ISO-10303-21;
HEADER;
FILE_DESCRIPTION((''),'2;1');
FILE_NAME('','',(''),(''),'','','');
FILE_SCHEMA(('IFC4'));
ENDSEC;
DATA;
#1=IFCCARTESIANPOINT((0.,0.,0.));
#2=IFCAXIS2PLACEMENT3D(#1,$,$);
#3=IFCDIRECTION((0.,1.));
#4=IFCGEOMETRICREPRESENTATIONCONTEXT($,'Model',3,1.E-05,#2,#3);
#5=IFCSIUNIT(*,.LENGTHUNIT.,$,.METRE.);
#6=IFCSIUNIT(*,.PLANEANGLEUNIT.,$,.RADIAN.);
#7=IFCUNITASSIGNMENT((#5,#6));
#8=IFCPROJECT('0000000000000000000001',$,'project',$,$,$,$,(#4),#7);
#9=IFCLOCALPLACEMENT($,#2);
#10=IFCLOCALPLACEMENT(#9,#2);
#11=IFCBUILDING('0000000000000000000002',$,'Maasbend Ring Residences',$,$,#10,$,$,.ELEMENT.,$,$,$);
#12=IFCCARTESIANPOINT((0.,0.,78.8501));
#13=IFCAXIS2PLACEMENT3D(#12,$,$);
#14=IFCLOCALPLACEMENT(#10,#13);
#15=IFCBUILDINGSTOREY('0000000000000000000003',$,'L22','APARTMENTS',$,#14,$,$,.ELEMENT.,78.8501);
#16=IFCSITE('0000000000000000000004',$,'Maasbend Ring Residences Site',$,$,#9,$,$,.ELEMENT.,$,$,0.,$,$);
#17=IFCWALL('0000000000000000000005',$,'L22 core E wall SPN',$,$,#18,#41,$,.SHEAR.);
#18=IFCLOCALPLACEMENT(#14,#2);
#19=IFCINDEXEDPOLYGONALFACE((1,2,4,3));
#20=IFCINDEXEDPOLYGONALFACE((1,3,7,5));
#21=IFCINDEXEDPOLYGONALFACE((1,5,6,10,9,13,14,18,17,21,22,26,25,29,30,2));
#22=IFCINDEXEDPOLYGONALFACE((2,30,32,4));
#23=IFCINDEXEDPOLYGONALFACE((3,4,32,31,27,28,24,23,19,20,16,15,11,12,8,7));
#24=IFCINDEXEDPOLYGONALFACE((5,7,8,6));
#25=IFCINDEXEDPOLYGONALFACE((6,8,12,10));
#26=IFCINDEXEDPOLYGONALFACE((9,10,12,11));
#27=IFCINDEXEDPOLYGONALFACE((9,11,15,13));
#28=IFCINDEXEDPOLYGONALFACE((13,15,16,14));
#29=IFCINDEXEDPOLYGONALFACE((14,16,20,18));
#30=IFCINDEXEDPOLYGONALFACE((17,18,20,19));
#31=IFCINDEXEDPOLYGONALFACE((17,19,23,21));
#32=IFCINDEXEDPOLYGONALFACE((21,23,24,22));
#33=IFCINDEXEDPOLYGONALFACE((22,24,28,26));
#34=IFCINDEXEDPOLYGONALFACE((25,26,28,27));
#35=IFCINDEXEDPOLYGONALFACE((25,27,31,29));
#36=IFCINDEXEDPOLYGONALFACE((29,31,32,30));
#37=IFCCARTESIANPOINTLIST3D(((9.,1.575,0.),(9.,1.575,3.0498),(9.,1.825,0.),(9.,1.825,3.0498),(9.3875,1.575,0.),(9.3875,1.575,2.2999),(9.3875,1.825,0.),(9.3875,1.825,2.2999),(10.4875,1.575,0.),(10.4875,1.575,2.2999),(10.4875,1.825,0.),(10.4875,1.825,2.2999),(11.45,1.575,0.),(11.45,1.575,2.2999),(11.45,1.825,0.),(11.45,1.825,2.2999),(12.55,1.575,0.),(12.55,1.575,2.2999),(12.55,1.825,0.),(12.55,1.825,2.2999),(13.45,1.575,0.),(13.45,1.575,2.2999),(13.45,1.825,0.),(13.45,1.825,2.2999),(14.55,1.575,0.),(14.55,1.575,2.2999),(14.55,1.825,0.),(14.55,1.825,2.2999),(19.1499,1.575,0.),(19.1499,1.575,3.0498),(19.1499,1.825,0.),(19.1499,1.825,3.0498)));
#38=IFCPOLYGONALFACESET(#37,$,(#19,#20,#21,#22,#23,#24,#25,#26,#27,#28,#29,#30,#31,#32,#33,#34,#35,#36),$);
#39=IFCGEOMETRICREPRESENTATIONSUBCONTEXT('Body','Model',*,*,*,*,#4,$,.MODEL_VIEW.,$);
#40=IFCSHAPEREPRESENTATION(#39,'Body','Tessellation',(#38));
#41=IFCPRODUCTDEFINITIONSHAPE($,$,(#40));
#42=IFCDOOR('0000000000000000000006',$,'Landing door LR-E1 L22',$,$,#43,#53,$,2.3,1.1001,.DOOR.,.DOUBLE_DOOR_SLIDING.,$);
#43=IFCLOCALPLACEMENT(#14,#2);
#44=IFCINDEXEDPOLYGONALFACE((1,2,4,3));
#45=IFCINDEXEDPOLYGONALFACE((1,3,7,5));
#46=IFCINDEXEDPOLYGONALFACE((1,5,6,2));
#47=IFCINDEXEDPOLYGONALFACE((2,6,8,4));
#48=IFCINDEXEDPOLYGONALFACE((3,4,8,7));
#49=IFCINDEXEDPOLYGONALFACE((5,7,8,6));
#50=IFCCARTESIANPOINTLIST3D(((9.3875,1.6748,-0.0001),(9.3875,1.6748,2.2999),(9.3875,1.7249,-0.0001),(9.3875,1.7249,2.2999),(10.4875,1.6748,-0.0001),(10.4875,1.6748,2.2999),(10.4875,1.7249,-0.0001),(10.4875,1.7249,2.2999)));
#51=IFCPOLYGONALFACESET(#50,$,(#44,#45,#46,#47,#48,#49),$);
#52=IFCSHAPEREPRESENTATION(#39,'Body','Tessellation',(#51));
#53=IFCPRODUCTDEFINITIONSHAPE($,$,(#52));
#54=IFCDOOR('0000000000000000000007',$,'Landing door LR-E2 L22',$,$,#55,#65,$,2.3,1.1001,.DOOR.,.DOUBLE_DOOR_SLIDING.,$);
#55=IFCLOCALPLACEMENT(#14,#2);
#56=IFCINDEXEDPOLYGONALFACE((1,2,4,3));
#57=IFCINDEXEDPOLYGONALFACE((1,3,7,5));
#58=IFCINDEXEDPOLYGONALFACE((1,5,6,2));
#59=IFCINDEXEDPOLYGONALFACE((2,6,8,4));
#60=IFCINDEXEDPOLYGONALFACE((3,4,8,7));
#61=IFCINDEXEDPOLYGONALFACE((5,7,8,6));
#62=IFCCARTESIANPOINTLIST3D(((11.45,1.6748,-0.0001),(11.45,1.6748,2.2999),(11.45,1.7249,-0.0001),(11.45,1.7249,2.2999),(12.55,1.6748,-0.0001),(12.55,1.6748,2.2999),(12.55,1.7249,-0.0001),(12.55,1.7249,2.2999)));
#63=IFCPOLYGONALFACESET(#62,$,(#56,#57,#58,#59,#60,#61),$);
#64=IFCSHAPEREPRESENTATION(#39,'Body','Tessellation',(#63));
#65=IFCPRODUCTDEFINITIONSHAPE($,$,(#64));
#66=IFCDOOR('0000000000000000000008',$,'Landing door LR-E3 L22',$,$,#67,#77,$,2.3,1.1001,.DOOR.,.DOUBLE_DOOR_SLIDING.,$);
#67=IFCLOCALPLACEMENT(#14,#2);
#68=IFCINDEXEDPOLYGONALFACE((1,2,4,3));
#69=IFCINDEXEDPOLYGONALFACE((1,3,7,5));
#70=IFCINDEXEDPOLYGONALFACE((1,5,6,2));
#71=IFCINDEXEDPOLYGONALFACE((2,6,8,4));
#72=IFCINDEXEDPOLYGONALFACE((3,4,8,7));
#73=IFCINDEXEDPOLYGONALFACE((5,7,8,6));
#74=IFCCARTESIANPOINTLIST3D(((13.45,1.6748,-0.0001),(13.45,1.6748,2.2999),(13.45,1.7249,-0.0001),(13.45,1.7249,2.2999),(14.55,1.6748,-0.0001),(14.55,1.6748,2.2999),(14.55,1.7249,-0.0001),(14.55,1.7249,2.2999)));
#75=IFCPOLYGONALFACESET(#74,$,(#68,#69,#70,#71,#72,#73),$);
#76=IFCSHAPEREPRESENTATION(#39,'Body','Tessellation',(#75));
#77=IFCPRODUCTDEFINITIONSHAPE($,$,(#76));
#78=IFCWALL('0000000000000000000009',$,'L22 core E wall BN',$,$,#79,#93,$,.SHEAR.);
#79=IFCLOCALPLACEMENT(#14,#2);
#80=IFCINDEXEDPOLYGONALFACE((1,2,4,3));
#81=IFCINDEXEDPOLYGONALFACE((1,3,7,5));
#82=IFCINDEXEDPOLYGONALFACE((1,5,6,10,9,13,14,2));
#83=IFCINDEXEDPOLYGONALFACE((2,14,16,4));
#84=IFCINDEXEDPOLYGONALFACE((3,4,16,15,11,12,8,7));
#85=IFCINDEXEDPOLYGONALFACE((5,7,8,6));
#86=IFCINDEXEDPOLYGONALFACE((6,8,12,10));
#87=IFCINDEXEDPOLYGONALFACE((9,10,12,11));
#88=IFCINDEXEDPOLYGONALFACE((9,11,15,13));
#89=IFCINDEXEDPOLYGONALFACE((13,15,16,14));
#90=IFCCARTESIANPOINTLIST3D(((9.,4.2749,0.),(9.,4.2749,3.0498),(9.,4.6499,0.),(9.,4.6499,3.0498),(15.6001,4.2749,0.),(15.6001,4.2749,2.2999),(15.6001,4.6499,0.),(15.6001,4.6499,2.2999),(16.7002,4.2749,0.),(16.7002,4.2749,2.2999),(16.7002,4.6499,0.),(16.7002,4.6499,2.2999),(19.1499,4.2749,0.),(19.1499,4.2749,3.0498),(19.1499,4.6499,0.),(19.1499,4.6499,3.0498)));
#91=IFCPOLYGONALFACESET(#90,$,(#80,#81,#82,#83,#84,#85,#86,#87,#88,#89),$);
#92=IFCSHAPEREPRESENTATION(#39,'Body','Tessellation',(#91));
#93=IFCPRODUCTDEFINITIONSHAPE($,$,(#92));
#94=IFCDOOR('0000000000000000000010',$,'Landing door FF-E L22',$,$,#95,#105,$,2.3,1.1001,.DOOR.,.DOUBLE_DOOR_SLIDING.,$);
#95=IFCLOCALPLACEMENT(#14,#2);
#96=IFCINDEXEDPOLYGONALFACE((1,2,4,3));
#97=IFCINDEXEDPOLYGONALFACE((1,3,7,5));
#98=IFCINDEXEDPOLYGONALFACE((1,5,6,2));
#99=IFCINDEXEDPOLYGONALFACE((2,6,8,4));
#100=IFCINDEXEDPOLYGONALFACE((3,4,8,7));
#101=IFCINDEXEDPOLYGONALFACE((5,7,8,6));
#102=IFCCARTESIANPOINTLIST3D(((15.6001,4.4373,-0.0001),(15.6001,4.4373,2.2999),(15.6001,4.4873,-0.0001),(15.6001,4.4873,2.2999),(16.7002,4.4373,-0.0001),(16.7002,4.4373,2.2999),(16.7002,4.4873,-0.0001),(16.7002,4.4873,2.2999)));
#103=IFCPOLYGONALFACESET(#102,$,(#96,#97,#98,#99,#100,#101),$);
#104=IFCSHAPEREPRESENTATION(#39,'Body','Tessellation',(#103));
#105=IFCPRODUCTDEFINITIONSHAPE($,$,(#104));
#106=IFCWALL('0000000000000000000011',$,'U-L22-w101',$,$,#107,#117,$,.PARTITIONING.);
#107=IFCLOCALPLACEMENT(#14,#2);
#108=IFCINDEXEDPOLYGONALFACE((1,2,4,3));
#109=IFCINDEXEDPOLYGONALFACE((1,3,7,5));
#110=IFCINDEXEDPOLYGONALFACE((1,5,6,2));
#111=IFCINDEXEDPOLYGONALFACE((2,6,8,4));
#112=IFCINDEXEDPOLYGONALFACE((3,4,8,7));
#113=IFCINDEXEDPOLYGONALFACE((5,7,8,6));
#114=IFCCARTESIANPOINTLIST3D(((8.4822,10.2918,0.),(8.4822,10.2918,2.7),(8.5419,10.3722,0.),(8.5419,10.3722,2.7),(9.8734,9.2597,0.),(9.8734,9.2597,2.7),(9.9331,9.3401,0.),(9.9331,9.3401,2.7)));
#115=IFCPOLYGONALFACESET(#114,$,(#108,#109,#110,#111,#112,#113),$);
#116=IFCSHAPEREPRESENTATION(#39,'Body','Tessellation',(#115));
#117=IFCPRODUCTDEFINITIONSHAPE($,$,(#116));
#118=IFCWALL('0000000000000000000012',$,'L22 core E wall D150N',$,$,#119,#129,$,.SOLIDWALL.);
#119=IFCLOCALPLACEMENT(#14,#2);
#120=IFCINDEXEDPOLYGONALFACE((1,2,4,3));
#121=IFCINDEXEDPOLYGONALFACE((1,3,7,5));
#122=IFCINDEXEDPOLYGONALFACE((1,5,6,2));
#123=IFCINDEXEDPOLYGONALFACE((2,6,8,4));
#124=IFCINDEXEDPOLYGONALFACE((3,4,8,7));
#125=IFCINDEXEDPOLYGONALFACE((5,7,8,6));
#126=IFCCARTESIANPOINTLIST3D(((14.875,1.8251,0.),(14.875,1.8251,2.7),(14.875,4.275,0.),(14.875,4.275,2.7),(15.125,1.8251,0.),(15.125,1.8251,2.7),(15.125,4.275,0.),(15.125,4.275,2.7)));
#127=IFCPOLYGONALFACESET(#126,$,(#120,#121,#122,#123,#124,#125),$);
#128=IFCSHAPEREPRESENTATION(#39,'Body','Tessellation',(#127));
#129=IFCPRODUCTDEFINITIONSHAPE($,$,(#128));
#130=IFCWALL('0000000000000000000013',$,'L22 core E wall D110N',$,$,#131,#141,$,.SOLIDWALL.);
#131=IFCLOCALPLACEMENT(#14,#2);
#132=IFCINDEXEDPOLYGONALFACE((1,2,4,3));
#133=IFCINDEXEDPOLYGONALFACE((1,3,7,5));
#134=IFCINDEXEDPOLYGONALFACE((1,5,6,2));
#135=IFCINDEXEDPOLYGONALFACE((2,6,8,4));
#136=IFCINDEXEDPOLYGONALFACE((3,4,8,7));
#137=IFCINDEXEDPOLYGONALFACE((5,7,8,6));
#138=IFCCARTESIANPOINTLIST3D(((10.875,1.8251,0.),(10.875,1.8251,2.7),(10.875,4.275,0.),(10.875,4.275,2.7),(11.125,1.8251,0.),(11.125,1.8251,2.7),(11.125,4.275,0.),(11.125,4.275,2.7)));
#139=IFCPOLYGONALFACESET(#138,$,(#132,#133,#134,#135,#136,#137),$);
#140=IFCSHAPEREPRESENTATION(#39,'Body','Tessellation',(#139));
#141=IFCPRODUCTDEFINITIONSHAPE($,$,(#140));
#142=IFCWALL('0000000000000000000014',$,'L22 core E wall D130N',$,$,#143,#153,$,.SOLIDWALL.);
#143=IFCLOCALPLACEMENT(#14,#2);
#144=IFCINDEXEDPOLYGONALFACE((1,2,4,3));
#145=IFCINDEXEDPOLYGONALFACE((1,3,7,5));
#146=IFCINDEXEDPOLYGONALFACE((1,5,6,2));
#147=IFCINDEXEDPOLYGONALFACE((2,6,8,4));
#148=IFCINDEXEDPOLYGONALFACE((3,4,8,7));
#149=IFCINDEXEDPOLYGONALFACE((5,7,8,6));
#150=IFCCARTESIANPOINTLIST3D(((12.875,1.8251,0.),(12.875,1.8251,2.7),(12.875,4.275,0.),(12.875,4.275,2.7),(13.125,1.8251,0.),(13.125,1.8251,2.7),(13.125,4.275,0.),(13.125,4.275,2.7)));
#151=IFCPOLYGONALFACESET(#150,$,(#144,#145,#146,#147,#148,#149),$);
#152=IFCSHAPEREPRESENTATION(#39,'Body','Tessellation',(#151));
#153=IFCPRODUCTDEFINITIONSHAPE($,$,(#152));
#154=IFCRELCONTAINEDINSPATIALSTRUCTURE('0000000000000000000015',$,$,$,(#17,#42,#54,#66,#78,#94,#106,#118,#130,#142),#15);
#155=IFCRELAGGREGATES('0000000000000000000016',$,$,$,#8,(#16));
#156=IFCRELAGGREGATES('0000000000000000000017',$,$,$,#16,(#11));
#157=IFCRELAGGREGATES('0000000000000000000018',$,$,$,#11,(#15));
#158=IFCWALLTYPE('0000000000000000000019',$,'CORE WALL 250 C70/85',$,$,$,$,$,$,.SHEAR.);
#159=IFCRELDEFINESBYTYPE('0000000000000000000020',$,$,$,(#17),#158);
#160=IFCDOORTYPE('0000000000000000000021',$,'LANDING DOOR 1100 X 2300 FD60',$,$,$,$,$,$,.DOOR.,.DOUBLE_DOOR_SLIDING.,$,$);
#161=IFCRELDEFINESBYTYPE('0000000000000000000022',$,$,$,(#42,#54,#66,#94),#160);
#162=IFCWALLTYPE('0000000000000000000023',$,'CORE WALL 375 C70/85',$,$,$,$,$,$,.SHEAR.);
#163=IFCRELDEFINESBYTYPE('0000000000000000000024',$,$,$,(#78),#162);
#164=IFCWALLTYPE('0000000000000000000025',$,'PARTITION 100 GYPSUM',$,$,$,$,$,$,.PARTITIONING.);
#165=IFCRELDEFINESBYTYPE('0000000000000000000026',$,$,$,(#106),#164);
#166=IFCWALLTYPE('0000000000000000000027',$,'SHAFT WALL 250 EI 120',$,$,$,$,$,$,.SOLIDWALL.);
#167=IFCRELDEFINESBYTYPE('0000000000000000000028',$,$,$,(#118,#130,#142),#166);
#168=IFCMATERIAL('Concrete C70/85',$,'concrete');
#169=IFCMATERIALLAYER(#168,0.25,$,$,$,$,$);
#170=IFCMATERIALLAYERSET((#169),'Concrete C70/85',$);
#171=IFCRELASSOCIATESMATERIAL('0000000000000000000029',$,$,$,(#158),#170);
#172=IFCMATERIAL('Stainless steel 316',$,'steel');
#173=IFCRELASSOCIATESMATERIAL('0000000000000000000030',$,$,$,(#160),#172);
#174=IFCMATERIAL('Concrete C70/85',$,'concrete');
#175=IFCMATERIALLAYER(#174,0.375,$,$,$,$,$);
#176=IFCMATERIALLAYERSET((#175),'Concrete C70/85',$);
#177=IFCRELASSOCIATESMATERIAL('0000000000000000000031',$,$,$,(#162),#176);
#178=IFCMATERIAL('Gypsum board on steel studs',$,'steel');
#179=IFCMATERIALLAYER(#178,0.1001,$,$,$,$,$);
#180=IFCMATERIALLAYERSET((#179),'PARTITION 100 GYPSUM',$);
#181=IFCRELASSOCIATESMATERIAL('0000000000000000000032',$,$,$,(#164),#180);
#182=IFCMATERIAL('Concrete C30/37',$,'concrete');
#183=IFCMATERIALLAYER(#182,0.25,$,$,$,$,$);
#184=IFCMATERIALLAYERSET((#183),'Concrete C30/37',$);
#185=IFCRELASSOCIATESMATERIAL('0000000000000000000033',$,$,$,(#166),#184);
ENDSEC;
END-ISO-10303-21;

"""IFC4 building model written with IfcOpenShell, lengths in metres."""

from ifc_helpers import new_model, si_unit, direction, frame, frame_2d, origin, place, context, subcontext, project, spatial, rectangle, extrude, material, layer, layer_set, type_object, element, fill, save


model = new_model("IFC4")

# Units and contexts
model_context = context("Model", 3, precision=1e-05, world=origin(), true_north=direction((0.0, 1.0)))
body_context = subcontext(model_context, "Body", "Model", "MODEL_VIEW")
ifc_project = project(units=[si_unit("LENGTHUNIT", "METRE"), si_unit("PLANEANGLEUNIT", "RADIAN")], contexts=[model_context])

# Site, building, storey
site_placement = place(None, origin())
site = spatial("IfcSite", under=ifc_project, at=site_placement, Name="Maasbend Ring Residences Site", CompositionType="ELEMENT", RefElevation=0.0)
building_placement = place(site_placement, origin())
building = spatial("IfcBuilding", under=site, at=building_placement, Name="Maasbend Ring Residences", CompositionType="ELEMENT")
storey_placement = place(building_placement, frame((0.0, 0.0, 78.8501)))
storey = spatial("IfcBuildingStorey", under=building, at=storey_placement, Name="L22", Description="APARTMENTS", CompositionType="ELEMENT", Elevation=78.8501)

# Wall, openings, doors
ifc_material_1 = material(Name="Concrete C70/85", Category="concrete")
ifc_layer_1 = layer(ifc_material_1, 0.25)
ifc_layer_set_1 = layer_set([ifc_layer_1], Name="Concrete C70/85")
wall_type_1 = type_object("IfcWallType", Name="CORE WALL 250 C70/85", PredefinedType="SHEAR", material=ifc_layer_set_1)
wall_1_placement = place(storey_placement, frame((9.0, 1.7, 0.0), z_axis=(0.0, 0.0, 1.0), x_axis=(1.0, 0.0, 0.0)))
wall_1 = element("IfcWall", 1, at=wall_1_placement, inside=storey, type_object=wall_type_1, Name="L22 core E wall SPN", PredefinedType="SHEAR", context=body_context, shape_type="SweptSolid", body=[
    extrude(rectangle(XDim=10.1499, YDim=0.25, at=frame_2d((5.075, 0.0))), origin(), (0.0, 0.0, 1.0), 3.0498),
])
opening_1_placement = place(wall_1_placement, frame((0.3875, 0.0, 0.0)))
opening_1 = element("IfcOpeningElement", 2, at=opening_1_placement, cuts=wall_1, PredefinedType="OPENING", context=body_context, shape_type="SweptSolid", body=[
    extrude(rectangle(XDim=1.1001, YDim=2.3, at=frame_2d((0.55, 1.1499))), frame((0.0, 0.135, 0.0), z_axis=(0.0, -1.0, 0.0), x_axis=(1.0, 0.0, 0.0)), (0.0, 0.0, 1.0), 0.27),
])
opening_2_placement = place(wall_1_placement, frame((2.45, 0.0, 0.0)))
opening_2 = element("IfcOpeningElement", 3, at=opening_2_placement, cuts=wall_1, PredefinedType="OPENING", context=body_context, shape_type="SweptSolid", body=[
    extrude(rectangle(XDim=1.1001, YDim=2.3, at=frame_2d((0.55, 1.1499))), frame((0.0, 0.135, 0.0), z_axis=(0.0, -1.0, 0.0), x_axis=(1.0, 0.0, 0.0)), (0.0, 0.0, 1.0), 0.27),
])
opening_3_placement = place(wall_1_placement, frame((4.45, 0.0, 0.0)))
opening_3 = element("IfcOpeningElement", 4, at=opening_3_placement, cuts=wall_1, PredefinedType="OPENING", context=body_context, shape_type="SweptSolid", body=[
    extrude(rectangle(XDim=1.1001, YDim=2.3, at=frame_2d((0.55, 1.1499))), frame((0.0, 0.135, 0.0), z_axis=(0.0, -1.0, 0.0), x_axis=(1.0, 0.0, 0.0)), (0.0, 0.0, 1.0), 0.27),
])
ifc_material_2 = material(Name="Stainless steel 316", Category="steel")
door_type = type_object("IfcDoorType", Name="LANDING DOOR 1100 X 2300 FD60", OperationType="DOUBLE_DOOR_SLIDING", PredefinedType="DOOR", material=ifc_material_2)
door_1_placement = place(opening_1_placement, origin())
door_1 = element("IfcDoor", 5, at=door_1_placement, inside=storey, type_object=door_type, Name="Landing door LR-E1 L22", OperationType="DOUBLE_DOOR_SLIDING", OverallHeight=2.3, OverallWidth=1.1001, PredefinedType="DOOR", context=body_context, shape_type="SweptSolid", body=[
    extrude(rectangle(XDim=1.1001, YDim=2.3, at=frame_2d((0.55, 1.1499))), frame((0.0, 0.0249, 0.0), z_axis=(0.0, -1.0, 0.0), x_axis=(1.0, 0.0, 0.0)), (0.0, 0.0, 1.0), 0.05),
])
fill(opening_1, door_1)
door_2_placement = place(opening_2_placement, origin())
door_2 = element("IfcDoor", 6, at=door_2_placement, inside=storey, type_object=door_type, Name="Landing door LR-E2 L22", OperationType="DOUBLE_DOOR_SLIDING", OverallHeight=2.3, OverallWidth=1.1001, PredefinedType="DOOR", context=body_context, shape_type="SweptSolid", body=[
    extrude(rectangle(XDim=1.1001, YDim=2.3, at=frame_2d((0.55, 1.1499))), frame((0.0, 0.0249, 0.0), z_axis=(0.0, -1.0, 0.0), x_axis=(1.0, 0.0, 0.0)), (0.0, 0.0, 1.0), 0.05),
])
fill(opening_2, door_2)
door_3_placement = place(opening_3_placement, origin())
door_3 = element("IfcDoor", 7, at=door_3_placement, inside=storey, type_object=door_type, Name="Landing door LR-E3 L22", OperationType="DOUBLE_DOOR_SLIDING", OverallHeight=2.3, OverallWidth=1.1001, PredefinedType="DOOR", context=body_context, shape_type="SweptSolid", body=[
    extrude(rectangle(XDim=1.1001, YDim=2.3, at=frame_2d((0.55, 1.1499))), frame((0.0, 0.0249, 0.0), z_axis=(0.0, -1.0, 0.0), x_axis=(1.0, 0.0, 0.0)), (0.0, 0.0, 1.0), 0.05),
])
fill(opening_3, door_3)

# Wall, opening, door
ifc_material_3 = material(Name="Concrete C70/85", Category="concrete")
ifc_layer_2 = layer(ifc_material_3, 0.375)
ifc_layer_set_2 = layer_set([ifc_layer_2], Name="Concrete C70/85")
wall_type_2 = type_object("IfcWallType", Name="CORE WALL 375 C70/85", PredefinedType="SHEAR", material=ifc_layer_set_2)
wall_2_placement = place(storey_placement, frame((9.0, 4.4624, 0.0), z_axis=(0.0, 0.0, 1.0), x_axis=(1.0, 0.0, 0.0)))
wall_2 = element("IfcWall", 8, at=wall_2_placement, inside=storey, type_object=wall_type_2, Name="L22 core E wall BN", PredefinedType="SHEAR", context=body_context, shape_type="SweptSolid", body=[
    extrude(rectangle(XDim=10.1499, YDim=0.375, at=frame_2d((5.075, 0.0))), origin(), (0.0, 0.0, 1.0), 3.0498),
])
opening_4_placement = place(wall_2_placement, frame((6.6001, 0.0, 0.0)))
opening_4 = element("IfcOpeningElement", 9, at=opening_4_placement, cuts=wall_2, PredefinedType="OPENING", context=body_context, shape_type="SweptSolid", body=[
    extrude(rectangle(XDim=1.1001, YDim=2.3, at=frame_2d((0.55, 1.1499))), frame((0.0, 0.1975, 0.0), z_axis=(0.0, -1.0, 0.0), x_axis=(1.0, 0.0, 0.0)), (0.0, 0.0, 1.0), 0.395),
])
door_4_placement = place(opening_4_placement, origin())
door_4 = element("IfcDoor", 10, at=door_4_placement, inside=storey, type_object=door_type, Name="Landing door FF-E L22", OperationType="DOUBLE_DOOR_SLIDING", OverallHeight=2.3, OverallWidth=1.1001, PredefinedType="DOOR", context=body_context, shape_type="SweptSolid", body=[
    extrude(rectangle(XDim=1.1001, YDim=2.3, at=frame_2d((0.55, 1.1499))), frame((0.0, 0.0249, 0.0), z_axis=(0.0, -1.0, 0.0), x_axis=(1.0, 0.0, 0.0)), (0.0, 0.0, 1.0), 0.05),
])
fill(opening_4, door_4)

# Walls
ifc_material_4 = material(Name="Gypsum board on steel studs", Category="steel")
ifc_layer_3 = layer(ifc_material_4, 0.1001)
ifc_layer_set_3 = layer_set([ifc_layer_3], Name="PARTITION 100 GYPSUM")
wall_type_3 = type_object("IfcWallType", Name="PARTITION 100 GYPSUM", PredefinedType="PARTITIONING", material=ifc_layer_set_3)
wall_3_placement = place(storey_placement, frame((8.512, 10.332, 0.0), z_axis=(0.0, 0.0, 1.0), x_axis=(0.803135, -0.595797, 0.0)))
element("IfcWall", 11, at=wall_3_placement, inside=storey, type_object=wall_type_3, Name="U-L22-w101", PredefinedType="PARTITIONING", context=body_context, shape_type="SweptSolid", body=[
    extrude(rectangle(XDim=1.7322, YDim=0.1001, at=frame_2d((0.8662, 0.0))), origin(), (0.0, 0.0, 1.0), 2.7),
])
ifc_material_5 = material(Name="Concrete C30/37", Category="concrete")
ifc_layer_4 = layer(ifc_material_5, 0.25)
ifc_layer_set_4 = layer_set([ifc_layer_4], Name="Concrete C30/37")
wall_type_4 = type_object("IfcWallType", Name="SHAFT WALL 250 EI 120", PredefinedType="SOLIDWALL", material=ifc_layer_set_4)
for number, where, z_axis, x_axis, name in (
    (12, (15.0, 1.825, 0.0), (0.0, 0.0, 1.0), (0.0, 1.0, 0.0), "L22 core E wall D150N"),
    (13, (11.0, 1.825, 0.0), (0.0, 0.0, 1.0), (0.0, 1.0, 0.0), "L22 core E wall D110N"),
    (14, (13.0, 1.825, 0.0), (0.0, 0.0, 1.0), (0.0, 1.0, 0.0), "L22 core E wall D130N"),
):
    element("IfcWall", number, at=place(storey_placement, frame(where, z_axis=z_axis, x_axis=x_axis)), inside=storey, type_object=wall_type_4, Name=name, PredefinedType="SOLIDWALL", context=body_context, shape_type="SweptSolid", body=[
        extrude(rectangle(XDim=2.45, YDim=0.25, at=frame_2d((1.2251, 0.0))), origin(), (0.0, 0.0, 1.0), 2.7),
    ])

save(model, "model.ifc")
